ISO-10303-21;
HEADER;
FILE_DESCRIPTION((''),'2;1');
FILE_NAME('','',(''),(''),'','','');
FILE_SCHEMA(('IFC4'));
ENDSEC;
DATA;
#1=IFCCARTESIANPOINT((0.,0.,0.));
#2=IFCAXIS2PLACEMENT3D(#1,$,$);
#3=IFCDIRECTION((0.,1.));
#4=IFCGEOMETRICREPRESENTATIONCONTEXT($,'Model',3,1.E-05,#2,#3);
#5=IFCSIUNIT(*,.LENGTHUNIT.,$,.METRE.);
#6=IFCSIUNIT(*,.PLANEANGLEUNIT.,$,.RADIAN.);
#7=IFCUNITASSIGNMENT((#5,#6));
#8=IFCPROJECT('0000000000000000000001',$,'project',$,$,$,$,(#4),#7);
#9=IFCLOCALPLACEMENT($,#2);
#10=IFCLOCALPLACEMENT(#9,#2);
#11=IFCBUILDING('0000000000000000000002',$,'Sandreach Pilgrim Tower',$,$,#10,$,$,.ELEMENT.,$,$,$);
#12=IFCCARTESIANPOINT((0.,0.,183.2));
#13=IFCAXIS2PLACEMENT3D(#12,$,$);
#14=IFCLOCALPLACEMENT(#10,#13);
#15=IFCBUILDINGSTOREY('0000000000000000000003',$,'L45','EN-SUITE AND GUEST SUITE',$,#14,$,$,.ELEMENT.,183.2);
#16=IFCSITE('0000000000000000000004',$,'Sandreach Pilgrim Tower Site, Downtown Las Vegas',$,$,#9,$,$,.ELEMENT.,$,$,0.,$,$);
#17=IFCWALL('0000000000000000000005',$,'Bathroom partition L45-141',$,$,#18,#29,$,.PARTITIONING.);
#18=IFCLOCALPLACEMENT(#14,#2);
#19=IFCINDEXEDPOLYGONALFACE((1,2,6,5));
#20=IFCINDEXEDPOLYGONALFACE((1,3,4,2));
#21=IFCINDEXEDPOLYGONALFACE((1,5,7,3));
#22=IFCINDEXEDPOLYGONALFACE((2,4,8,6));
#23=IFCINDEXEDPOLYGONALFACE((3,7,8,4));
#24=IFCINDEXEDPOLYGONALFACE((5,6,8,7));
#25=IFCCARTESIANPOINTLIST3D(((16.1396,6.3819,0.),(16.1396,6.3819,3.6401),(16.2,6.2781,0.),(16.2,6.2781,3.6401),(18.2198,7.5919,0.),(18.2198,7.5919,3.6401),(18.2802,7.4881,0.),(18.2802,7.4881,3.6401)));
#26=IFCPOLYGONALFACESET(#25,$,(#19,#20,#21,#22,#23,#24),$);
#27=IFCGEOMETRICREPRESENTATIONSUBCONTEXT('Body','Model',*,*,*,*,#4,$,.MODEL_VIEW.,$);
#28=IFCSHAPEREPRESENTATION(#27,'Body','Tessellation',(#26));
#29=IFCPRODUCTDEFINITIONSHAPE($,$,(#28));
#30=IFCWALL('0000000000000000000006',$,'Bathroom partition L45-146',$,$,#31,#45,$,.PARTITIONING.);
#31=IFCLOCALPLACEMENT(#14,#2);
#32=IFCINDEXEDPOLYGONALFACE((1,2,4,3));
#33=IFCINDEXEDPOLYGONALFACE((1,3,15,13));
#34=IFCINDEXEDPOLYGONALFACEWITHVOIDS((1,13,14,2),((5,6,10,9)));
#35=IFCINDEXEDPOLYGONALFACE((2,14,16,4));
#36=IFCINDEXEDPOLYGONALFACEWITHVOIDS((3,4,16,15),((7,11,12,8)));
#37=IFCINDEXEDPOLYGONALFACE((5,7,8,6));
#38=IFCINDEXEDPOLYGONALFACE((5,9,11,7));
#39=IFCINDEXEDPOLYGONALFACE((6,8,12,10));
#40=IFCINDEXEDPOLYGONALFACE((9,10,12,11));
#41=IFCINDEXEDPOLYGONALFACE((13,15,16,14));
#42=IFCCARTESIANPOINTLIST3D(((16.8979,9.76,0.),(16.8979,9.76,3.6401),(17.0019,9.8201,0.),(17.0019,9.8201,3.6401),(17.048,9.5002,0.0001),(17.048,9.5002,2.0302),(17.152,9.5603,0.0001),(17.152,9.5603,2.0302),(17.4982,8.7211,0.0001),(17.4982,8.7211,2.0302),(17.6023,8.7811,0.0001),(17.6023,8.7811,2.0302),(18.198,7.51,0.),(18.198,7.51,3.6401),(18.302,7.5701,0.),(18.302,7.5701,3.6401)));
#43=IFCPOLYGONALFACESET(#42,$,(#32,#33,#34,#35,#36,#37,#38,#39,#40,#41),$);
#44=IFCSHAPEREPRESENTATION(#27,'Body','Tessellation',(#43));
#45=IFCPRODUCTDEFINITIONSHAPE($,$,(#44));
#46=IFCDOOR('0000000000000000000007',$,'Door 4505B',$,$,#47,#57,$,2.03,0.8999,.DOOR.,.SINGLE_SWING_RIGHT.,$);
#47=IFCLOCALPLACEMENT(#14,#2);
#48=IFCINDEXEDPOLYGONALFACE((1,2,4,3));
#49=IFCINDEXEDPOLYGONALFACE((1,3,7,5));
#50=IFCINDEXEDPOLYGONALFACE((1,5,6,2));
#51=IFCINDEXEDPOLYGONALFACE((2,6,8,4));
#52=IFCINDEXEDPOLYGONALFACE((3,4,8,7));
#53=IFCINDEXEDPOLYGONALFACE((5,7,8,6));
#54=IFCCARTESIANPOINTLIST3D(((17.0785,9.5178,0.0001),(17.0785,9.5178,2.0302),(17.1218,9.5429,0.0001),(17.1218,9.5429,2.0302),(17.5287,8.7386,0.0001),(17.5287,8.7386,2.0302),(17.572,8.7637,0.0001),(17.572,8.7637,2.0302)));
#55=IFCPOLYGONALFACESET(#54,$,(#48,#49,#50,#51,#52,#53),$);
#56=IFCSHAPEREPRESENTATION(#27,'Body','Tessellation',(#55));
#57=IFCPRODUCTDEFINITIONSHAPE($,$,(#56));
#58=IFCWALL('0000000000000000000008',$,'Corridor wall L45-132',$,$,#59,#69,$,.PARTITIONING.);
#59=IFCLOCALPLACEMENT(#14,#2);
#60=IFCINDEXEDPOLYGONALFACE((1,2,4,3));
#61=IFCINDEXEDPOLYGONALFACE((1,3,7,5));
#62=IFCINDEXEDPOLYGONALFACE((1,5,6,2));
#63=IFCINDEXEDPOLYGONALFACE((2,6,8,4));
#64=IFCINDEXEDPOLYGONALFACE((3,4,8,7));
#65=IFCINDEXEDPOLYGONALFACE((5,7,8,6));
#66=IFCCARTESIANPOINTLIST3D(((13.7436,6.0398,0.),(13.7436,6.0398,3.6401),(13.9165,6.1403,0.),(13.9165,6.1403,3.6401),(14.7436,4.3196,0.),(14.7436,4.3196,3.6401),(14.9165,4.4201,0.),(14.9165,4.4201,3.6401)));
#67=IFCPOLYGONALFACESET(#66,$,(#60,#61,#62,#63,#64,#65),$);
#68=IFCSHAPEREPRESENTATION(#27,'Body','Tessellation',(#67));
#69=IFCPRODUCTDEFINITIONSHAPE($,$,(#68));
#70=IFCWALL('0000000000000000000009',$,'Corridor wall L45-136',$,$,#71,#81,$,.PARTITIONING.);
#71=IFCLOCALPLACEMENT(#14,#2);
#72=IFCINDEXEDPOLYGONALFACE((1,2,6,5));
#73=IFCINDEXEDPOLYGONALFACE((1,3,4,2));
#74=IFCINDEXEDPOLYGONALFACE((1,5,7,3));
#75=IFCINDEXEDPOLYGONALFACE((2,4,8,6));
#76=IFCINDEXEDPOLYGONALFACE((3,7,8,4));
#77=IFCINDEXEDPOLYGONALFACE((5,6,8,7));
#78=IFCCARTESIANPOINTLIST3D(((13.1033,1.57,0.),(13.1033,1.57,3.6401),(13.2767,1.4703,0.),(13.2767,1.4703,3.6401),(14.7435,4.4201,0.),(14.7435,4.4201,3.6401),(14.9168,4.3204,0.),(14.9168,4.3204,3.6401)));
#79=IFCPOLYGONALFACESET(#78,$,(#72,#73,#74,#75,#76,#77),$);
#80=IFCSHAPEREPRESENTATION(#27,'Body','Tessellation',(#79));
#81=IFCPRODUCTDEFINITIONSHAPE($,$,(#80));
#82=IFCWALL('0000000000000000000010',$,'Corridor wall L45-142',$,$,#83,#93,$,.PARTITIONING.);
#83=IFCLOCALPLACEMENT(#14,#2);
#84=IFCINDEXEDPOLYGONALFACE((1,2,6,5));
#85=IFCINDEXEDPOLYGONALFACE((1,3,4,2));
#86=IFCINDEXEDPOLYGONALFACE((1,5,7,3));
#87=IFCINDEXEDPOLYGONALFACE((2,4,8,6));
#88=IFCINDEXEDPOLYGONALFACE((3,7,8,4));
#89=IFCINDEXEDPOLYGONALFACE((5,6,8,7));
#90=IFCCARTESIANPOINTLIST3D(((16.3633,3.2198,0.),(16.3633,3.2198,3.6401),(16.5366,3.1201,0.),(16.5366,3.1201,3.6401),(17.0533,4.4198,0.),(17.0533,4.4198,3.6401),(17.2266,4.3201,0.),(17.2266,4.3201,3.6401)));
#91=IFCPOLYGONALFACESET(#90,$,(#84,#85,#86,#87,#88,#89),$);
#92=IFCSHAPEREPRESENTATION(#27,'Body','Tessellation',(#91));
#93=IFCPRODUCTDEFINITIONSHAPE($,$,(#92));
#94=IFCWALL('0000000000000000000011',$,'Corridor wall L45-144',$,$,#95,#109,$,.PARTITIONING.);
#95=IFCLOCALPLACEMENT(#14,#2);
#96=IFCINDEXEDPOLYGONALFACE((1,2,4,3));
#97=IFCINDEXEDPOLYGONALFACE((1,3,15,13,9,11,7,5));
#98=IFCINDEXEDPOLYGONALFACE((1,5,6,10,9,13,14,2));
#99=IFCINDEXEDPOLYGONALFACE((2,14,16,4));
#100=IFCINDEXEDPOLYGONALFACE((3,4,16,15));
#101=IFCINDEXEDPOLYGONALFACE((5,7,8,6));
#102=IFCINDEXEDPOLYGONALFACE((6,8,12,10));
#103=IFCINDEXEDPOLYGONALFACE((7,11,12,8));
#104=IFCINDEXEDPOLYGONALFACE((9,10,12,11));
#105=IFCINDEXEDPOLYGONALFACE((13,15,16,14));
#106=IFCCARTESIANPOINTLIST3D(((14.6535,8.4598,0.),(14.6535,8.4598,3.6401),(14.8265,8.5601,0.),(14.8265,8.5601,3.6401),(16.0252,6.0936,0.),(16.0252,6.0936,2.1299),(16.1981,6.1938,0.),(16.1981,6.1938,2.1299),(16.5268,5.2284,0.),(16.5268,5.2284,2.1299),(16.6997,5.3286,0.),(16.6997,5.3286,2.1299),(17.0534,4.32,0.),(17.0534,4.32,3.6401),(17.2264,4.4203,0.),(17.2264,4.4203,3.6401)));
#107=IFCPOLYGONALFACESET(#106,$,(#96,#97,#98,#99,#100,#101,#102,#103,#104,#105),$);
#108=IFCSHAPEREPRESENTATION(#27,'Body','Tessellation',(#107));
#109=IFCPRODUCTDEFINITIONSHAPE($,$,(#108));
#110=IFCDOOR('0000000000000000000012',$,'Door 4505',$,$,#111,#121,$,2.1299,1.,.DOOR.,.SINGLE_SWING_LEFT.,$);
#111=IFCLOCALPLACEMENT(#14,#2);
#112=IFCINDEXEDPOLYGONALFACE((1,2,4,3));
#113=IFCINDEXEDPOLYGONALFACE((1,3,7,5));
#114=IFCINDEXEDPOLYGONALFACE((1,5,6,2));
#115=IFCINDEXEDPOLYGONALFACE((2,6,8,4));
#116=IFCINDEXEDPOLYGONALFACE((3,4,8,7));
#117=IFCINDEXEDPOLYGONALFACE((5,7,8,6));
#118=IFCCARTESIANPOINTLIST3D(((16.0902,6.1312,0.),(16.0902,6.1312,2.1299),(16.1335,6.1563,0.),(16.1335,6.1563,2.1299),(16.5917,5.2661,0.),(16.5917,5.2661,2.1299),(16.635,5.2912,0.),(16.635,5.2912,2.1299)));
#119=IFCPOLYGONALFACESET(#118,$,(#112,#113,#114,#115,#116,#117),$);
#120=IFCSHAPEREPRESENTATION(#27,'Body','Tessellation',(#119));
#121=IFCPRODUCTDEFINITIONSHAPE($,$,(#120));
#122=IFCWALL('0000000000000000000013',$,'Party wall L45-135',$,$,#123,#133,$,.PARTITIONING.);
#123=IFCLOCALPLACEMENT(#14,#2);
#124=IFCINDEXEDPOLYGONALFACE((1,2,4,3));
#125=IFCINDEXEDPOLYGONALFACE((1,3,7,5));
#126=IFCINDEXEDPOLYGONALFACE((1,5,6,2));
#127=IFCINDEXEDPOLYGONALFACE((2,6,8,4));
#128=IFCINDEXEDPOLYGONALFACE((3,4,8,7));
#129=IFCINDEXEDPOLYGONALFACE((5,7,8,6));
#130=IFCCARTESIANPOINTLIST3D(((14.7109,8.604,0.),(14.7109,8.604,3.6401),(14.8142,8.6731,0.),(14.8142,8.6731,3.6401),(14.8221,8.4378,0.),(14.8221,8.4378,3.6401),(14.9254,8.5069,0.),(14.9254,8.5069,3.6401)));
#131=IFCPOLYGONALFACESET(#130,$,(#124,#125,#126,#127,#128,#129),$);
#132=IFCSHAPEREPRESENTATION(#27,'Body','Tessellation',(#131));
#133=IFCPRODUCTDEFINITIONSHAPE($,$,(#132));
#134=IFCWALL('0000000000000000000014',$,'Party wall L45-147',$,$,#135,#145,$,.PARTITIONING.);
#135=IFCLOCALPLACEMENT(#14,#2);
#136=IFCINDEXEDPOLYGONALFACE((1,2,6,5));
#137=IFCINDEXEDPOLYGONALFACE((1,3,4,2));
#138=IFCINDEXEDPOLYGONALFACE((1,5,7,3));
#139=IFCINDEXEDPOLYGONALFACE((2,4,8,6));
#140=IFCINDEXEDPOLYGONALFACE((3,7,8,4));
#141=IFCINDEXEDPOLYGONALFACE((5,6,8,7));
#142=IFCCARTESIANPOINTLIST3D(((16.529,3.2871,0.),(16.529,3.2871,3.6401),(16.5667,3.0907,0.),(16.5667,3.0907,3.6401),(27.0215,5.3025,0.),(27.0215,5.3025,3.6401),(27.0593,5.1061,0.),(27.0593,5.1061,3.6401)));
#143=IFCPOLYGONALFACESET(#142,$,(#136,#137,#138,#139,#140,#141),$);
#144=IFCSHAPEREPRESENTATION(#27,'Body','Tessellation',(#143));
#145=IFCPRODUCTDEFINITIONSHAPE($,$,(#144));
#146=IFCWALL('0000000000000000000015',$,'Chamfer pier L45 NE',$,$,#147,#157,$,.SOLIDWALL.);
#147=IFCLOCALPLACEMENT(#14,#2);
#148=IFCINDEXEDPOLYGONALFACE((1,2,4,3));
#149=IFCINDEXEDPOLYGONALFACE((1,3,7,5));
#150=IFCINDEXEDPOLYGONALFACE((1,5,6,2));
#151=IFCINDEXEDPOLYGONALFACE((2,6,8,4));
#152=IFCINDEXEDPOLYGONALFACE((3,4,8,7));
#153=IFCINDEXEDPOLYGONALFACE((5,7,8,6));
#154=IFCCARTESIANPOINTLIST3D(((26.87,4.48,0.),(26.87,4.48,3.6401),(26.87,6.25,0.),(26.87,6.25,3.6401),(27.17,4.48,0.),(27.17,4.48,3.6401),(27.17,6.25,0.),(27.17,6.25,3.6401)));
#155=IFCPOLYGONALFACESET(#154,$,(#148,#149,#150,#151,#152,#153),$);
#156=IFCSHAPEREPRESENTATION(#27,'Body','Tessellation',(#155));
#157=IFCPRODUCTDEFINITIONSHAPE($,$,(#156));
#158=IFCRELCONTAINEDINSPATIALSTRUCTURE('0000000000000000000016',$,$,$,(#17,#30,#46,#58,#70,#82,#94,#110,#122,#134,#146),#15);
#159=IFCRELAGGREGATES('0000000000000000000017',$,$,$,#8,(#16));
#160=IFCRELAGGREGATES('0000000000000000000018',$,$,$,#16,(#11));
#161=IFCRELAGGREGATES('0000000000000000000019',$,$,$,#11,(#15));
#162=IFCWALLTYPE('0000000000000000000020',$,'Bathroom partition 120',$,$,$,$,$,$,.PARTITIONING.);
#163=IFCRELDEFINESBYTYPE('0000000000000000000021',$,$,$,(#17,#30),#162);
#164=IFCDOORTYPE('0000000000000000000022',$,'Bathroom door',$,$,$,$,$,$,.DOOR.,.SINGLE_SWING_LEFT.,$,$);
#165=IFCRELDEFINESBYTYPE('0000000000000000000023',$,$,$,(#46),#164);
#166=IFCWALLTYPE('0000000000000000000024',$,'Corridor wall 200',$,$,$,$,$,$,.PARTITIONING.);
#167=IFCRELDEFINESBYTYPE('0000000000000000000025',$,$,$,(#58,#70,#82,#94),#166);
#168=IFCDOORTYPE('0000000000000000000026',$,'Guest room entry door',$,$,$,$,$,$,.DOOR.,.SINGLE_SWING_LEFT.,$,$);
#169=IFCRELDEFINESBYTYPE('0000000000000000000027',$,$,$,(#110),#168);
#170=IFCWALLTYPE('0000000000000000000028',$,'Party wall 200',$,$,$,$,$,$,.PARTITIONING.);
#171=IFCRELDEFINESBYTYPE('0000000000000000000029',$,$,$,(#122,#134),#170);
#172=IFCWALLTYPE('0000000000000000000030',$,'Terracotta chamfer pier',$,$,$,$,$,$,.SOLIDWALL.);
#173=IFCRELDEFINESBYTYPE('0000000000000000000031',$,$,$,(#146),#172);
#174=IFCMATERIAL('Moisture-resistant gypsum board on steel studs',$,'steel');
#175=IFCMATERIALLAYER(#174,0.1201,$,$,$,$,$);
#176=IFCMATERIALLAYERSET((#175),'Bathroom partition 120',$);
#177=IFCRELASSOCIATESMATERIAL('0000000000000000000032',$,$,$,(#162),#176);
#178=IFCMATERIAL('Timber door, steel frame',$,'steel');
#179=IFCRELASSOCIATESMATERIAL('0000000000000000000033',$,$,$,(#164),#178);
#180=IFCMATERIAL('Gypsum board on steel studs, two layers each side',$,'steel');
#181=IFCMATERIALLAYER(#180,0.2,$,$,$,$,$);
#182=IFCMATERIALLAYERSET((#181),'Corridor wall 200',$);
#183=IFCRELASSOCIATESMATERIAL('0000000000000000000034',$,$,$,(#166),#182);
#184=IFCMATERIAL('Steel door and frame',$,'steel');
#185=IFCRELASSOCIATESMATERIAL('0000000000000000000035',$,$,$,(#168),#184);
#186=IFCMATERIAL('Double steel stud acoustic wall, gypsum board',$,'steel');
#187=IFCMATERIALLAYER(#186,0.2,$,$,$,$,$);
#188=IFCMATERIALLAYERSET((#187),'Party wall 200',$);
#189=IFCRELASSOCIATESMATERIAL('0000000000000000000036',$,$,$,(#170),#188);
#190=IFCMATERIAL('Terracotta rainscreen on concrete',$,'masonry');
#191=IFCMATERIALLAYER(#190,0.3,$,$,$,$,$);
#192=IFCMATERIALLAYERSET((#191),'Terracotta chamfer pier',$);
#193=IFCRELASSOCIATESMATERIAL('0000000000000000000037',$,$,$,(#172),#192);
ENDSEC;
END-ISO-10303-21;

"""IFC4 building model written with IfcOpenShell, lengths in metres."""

from ifc_helpers import new_model, si_unit, direction, frame, frame_2d, origin, place, context, subcontext, project, spatial, rectangle, extrude, material, layer, layer_set, type_object, element, fill, save


model = new_model("IFC4")

# Units and contexts
model_context = context("Model", 3, precision=1e-05, world=origin(), true_north=direction((0.0, 1.0)))
body_context = subcontext(model_context, "Body", "Model", "MODEL_VIEW")
ifc_project = project(units=[si_unit("LENGTHUNIT", "METRE"), si_unit("PLANEANGLEUNIT", "RADIAN")], contexts=[model_context])

# Site, building, storey
site_placement = place(None, origin())
site = spatial("IfcSite", under=ifc_project, at=site_placement, Name="Sandreach Pilgrim Tower Site, Downtown Las Vegas", CompositionType="ELEMENT", RefElevation=0.0)
building_placement = place(site_placement, origin())
building = spatial("IfcBuilding", under=site, at=building_placement, Name="Sandreach Pilgrim Tower", CompositionType="ELEMENT")
storey_placement = place(building_placement, frame((0.0, 0.0, 183.2)))
storey = spatial("IfcBuildingStorey", under=building, at=storey_placement, Name="L45", Description="EN-SUITE AND GUEST SUITE", CompositionType="ELEMENT", Elevation=183.2)

# Wall
ifc_material_1 = material(Name="Moisture-resistant gypsum board on steel studs", Category="steel")
ifc_layer_1 = layer(ifc_material_1, 0.1201)
ifc_layer_set_1 = layer_set([ifc_layer_1], Name="Bathroom partition 120")
wall_type_1 = type_object("IfcWallType", Name="Bathroom partition 120", PredefinedType="PARTITIONING", material=ifc_layer_set_1)
wall_1_placement = place(storey_placement, frame((16.1699, 6.3301, 0.0), z_axis=(0.0, 0.0, 1.0), x_axis=(0.864396, 0.502811, 0.0)))
element("IfcWall", 1, at=wall_1_placement, inside=storey, type_object=wall_type_1, Name="Bathroom partition L45-141", PredefinedType="PARTITIONING", context=body_context, shape_type="SweptSolid", body=[
    extrude(rectangle(XDim=2.4065, YDim=0.1201, at=frame_2d((1.2031, 0.0))), origin(), (0.0, 0.0, 1.0), 3.6401),
])

# Wall, opening, door
wall_2_placement = place(storey_placement, frame((18.25, 7.54, 0.0), z_axis=(0.0, 0.0, 1.0), x_axis=(-0.500292, 0.865857, 0.0)))
wall_2 = element("IfcWall", 2, at=wall_2_placement, inside=storey, type_object=wall_type_1, Name="Bathroom partition L45-146", PredefinedType="PARTITIONING", context=body_context, shape_type="SweptSolid", body=[
    extrude(rectangle(XDim=2.5986, YDim=0.1201, at=frame_2d((1.2993, 0.0))), origin(), (0.0, 0.0, 1.0), 3.6401),
])
opening_1_placement = place(wall_2_placement, frame((1.3987, 0.0, 0.0)))
opening_1 = element("IfcOpeningElement", 3, at=opening_1_placement, cuts=wall_2, PredefinedType="OPENING", context=body_context, shape_type="SweptSolid", body=[
    extrude(rectangle(XDim=0.8999, YDim=2.03, at=frame_2d((0.45, 1.0151))), frame((0.0, 0.0601, 0.0), z_axis=(0.0, -1.0, 0.0), x_axis=(1.0, 0.0, 0.0)), (0.0, 0.0, 1.0), 0.1201),
])
ifc_material_2 = material(Name="Timber door, steel frame", Category="steel")
door_type_1 = type_object("IfcDoorType", Name="Bathroom door", OperationType="SINGLE_SWING_LEFT", PredefinedType="DOOR", material=ifc_material_2)
door_1_placement = place(opening_1_placement, origin())
door_1 = element("IfcDoor", 4, at=door_1_placement, inside=storey, type_object=door_type_1, Name="Door 4505B", OperationType="SINGLE_SWING_RIGHT", OverallHeight=2.03, OverallWidth=0.8999, PredefinedType="DOOR", context=body_context, shape_type="SweptSolid", body=[
    extrude(rectangle(XDim=0.8999, YDim=2.03, at=frame_2d((0.45, 1.0151))), frame((0.0, 0.0249, 0.0), z_axis=(0.0, -1.0, 0.0), x_axis=(1.0, 0.0, 0.0)), (0.0, 0.0, 1.0), 0.05),
])
fill(opening_1, door_1)

# Walls
ifc_material_3 = material(Name="Gypsum board on steel studs, two layers each side", Category="steel")
ifc_layer_2 = layer(ifc_material_3, 0.2)
ifc_layer_set_2 = layer_set([ifc_layer_2], Name="Corridor wall 200")
wall_type_2 = type_object("IfcWallType", Name="Corridor wall 200", PredefinedType="PARTITIONING", material=ifc_layer_set_2)
wall_3_placement = place(storey_placement, frame((13.8301, 6.0901, 0.0), z_axis=(0.0, 0.0, 1.0), x_axis=(0.502574, -0.864534, 0.0)))
element("IfcWall", 5, at=wall_3_placement, inside=storey, type_object=wall_type_2, Name="Corridor wall L45-132", PredefinedType="PARTITIONING", context=body_context, shape_type="SweptSolid", body=[
    extrude(rectangle(XDim=1.9897, YDim=0.2, at=frame_2d((0.9949, 0.0))), origin(), (0.0, 0.0, 1.0), 3.6401),
])
wall_4_placement = place(storey_placement, frame((14.8301, 4.3701, 0.0), z_axis=(0.0, 0.0, 1.0), x_axis=(-0.498775, -0.866731, 0.0)))
element("IfcWall", 6, at=wall_4_placement, inside=storey, type_object=wall_type_2, Name="Corridor wall L45-136", PredefinedType="PARTITIONING", context=body_context, shape_type="SweptSolid", body=[
    extrude(rectangle(XDim=3.2883, YDim=0.2, at=frame_2d((1.644, 0.0))), origin(), (0.0, 0.0, 1.0), 3.6401),
])
wall_5_placement = place(storey_placement, frame((16.45, 3.1699, 0.0), z_axis=(0.0, 0.0, 1.0), x_axis=(0.498455, 0.866916, 0.0)))
element("IfcWall", 7, at=wall_5_placement, inside=storey, type_object=wall_type_2, Name="Corridor wall L45-142", PredefinedType="PARTITIONING", context=body_context, shape_type="SweptSolid", body=[
    extrude(rectangle(XDim=1.3843, YDim=0.2, at=frame_2d((0.6921, 0.0))), origin(), (0.0, 0.0, 1.0), 3.6401),
])

# Wall, opening, door
wall_6_placement = place(storey_placement, frame((17.1399, 4.3701, 0.0), z_axis=(0.0, 0.0, 1.0), x_axis=(-0.501525, 0.865143, 0.0)))
wall_6 = element("IfcWall", 8, at=wall_6_placement, inside=storey, type_object=wall_type_2, Name="Corridor wall L45-144", PredefinedType="PARTITIONING", context=body_context, shape_type="SweptSolid", body=[
    extrude(rectangle(XDim=4.7852, YDim=0.2, at=frame_2d((2.3926, 0.0))), origin(), (0.0, 0.0, 1.0), 3.6401),
])
opening_2_placement = place(wall_6_placement, frame((1.05, 0.0, 0.0)))
opening_2 = element("IfcOpeningElement", 9, at=opening_2_placement, cuts=wall_6, PredefinedType="OPENING", context=body_context, shape_type="SweptSolid", body=[
    extrude(rectangle(XDim=1.0, YDim=2.1299, at=frame_2d((0.5, 1.0649))), frame((0.0, 0.1001, 0.0), z_axis=(0.0, -1.0, 0.0), x_axis=(1.0, 0.0, 0.0)), (0.0, 0.0, 1.0), 0.2),
])
ifc_material_4 = material(Name="Steel door and frame", Category="steel")
door_type_2 = type_object("IfcDoorType", Name="Guest room entry door", OperationType="SINGLE_SWING_LEFT", PredefinedType="DOOR", material=ifc_material_4)
door_2_placement = place(opening_2_placement, origin())
door_2 = element("IfcDoor", 10, at=door_2_placement, inside=storey, type_object=door_type_2, Name="Door 4505", OperationType="SINGLE_SWING_LEFT", OverallHeight=2.1299, OverallWidth=1.0, PredefinedType="DOOR", context=body_context, shape_type="SweptSolid", body=[
    extrude(rectangle(XDim=1.0, YDim=2.1299, at=frame_2d((0.5, 1.0649))), frame((0.0, 0.0249, 0.0), z_axis=(0.0, -1.0, 0.0), x_axis=(1.0, 0.0, 0.0)), (0.0, 0.0, 1.0), 0.05),
])
fill(opening_2, door_2)

# Walls
ifc_material_5 = material(Name="Double steel stud acoustic wall, gypsum board", Category="steel")
ifc_layer_3 = layer(ifc_material_5, 0.2)
ifc_layer_set_3 = layer_set([ifc_layer_3], Name="Party wall 200")
wall_type_3 = type_object("IfcWallType", Name="Party wall 200", PredefinedType="PARTITIONING", material=ifc_layer_set_3)
wall_7_placement = place(storey_placement, frame((14.7666, 8.521, 0.0), z_axis=(0.0, 0.0, 1.0), x_axis=(0.831142, 0.55606, 0.0)))
element("IfcWall", 11, at=wall_7_placement, inside=storey, type_object=wall_type_3, Name="Party wall L45-135", PredefinedType="PARTITIONING", context=body_context, shape_type="SweptSolid", body=[
    extrude(rectangle(XDim=0.1243, YDim=0.2, at=frame_2d((0.062, 0.0))), origin(), (0.0, 0.0, 1.0), 3.6401),
])
wall_8_placement = place(storey_placement, frame((27.0405, 5.2043, 0.0), z_axis=(0.0, 0.0, 1.0), x_axis=(-0.982048, -0.188631, 0.0)))
element("IfcWall", 12, at=wall_8_placement, inside=storey, type_object=wall_type_3, Name="Party wall L45-147", PredefinedType="PARTITIONING", context=body_context, shape_type="SweptSolid", body=[
    extrude(rectangle(XDim=10.6843, YDim=0.2, at=frame_2d((5.3423, 0.0))), origin(), (0.0, 0.0, 1.0), 3.6401),
])
ifc_material_6 = material(Name="Terracotta rainscreen on concrete", Category="masonry")
ifc_layer_4 = layer(ifc_material_6, 0.3)
ifc_layer_set_4 = layer_set([ifc_layer_4], Name="Terracotta chamfer pier")
wall_type_4 = type_object("IfcWallType", Name="Terracotta chamfer pier", PredefinedType="SOLIDWALL", material=ifc_layer_set_4)
wall_9_placement = place(storey_placement, frame((27.02, 6.25, 0.0), z_axis=(0.0, 0.0, 1.0), x_axis=(0.0, -1.0, 0.0)))
element("IfcWall", 13, at=wall_9_placement, inside=storey, type_object=wall_type_4, Name="Chamfer pier L45 NE", PredefinedType="SOLIDWALL", context=body_context, shape_type="SweptSolid", body=[
    extrude(rectangle(XDim=1.77, YDim=0.3, at=frame_2d((0.885, 0.0))), origin(), (0.0, 0.0, 1.0), 3.6401),
])

save(model, "model.ifc")
